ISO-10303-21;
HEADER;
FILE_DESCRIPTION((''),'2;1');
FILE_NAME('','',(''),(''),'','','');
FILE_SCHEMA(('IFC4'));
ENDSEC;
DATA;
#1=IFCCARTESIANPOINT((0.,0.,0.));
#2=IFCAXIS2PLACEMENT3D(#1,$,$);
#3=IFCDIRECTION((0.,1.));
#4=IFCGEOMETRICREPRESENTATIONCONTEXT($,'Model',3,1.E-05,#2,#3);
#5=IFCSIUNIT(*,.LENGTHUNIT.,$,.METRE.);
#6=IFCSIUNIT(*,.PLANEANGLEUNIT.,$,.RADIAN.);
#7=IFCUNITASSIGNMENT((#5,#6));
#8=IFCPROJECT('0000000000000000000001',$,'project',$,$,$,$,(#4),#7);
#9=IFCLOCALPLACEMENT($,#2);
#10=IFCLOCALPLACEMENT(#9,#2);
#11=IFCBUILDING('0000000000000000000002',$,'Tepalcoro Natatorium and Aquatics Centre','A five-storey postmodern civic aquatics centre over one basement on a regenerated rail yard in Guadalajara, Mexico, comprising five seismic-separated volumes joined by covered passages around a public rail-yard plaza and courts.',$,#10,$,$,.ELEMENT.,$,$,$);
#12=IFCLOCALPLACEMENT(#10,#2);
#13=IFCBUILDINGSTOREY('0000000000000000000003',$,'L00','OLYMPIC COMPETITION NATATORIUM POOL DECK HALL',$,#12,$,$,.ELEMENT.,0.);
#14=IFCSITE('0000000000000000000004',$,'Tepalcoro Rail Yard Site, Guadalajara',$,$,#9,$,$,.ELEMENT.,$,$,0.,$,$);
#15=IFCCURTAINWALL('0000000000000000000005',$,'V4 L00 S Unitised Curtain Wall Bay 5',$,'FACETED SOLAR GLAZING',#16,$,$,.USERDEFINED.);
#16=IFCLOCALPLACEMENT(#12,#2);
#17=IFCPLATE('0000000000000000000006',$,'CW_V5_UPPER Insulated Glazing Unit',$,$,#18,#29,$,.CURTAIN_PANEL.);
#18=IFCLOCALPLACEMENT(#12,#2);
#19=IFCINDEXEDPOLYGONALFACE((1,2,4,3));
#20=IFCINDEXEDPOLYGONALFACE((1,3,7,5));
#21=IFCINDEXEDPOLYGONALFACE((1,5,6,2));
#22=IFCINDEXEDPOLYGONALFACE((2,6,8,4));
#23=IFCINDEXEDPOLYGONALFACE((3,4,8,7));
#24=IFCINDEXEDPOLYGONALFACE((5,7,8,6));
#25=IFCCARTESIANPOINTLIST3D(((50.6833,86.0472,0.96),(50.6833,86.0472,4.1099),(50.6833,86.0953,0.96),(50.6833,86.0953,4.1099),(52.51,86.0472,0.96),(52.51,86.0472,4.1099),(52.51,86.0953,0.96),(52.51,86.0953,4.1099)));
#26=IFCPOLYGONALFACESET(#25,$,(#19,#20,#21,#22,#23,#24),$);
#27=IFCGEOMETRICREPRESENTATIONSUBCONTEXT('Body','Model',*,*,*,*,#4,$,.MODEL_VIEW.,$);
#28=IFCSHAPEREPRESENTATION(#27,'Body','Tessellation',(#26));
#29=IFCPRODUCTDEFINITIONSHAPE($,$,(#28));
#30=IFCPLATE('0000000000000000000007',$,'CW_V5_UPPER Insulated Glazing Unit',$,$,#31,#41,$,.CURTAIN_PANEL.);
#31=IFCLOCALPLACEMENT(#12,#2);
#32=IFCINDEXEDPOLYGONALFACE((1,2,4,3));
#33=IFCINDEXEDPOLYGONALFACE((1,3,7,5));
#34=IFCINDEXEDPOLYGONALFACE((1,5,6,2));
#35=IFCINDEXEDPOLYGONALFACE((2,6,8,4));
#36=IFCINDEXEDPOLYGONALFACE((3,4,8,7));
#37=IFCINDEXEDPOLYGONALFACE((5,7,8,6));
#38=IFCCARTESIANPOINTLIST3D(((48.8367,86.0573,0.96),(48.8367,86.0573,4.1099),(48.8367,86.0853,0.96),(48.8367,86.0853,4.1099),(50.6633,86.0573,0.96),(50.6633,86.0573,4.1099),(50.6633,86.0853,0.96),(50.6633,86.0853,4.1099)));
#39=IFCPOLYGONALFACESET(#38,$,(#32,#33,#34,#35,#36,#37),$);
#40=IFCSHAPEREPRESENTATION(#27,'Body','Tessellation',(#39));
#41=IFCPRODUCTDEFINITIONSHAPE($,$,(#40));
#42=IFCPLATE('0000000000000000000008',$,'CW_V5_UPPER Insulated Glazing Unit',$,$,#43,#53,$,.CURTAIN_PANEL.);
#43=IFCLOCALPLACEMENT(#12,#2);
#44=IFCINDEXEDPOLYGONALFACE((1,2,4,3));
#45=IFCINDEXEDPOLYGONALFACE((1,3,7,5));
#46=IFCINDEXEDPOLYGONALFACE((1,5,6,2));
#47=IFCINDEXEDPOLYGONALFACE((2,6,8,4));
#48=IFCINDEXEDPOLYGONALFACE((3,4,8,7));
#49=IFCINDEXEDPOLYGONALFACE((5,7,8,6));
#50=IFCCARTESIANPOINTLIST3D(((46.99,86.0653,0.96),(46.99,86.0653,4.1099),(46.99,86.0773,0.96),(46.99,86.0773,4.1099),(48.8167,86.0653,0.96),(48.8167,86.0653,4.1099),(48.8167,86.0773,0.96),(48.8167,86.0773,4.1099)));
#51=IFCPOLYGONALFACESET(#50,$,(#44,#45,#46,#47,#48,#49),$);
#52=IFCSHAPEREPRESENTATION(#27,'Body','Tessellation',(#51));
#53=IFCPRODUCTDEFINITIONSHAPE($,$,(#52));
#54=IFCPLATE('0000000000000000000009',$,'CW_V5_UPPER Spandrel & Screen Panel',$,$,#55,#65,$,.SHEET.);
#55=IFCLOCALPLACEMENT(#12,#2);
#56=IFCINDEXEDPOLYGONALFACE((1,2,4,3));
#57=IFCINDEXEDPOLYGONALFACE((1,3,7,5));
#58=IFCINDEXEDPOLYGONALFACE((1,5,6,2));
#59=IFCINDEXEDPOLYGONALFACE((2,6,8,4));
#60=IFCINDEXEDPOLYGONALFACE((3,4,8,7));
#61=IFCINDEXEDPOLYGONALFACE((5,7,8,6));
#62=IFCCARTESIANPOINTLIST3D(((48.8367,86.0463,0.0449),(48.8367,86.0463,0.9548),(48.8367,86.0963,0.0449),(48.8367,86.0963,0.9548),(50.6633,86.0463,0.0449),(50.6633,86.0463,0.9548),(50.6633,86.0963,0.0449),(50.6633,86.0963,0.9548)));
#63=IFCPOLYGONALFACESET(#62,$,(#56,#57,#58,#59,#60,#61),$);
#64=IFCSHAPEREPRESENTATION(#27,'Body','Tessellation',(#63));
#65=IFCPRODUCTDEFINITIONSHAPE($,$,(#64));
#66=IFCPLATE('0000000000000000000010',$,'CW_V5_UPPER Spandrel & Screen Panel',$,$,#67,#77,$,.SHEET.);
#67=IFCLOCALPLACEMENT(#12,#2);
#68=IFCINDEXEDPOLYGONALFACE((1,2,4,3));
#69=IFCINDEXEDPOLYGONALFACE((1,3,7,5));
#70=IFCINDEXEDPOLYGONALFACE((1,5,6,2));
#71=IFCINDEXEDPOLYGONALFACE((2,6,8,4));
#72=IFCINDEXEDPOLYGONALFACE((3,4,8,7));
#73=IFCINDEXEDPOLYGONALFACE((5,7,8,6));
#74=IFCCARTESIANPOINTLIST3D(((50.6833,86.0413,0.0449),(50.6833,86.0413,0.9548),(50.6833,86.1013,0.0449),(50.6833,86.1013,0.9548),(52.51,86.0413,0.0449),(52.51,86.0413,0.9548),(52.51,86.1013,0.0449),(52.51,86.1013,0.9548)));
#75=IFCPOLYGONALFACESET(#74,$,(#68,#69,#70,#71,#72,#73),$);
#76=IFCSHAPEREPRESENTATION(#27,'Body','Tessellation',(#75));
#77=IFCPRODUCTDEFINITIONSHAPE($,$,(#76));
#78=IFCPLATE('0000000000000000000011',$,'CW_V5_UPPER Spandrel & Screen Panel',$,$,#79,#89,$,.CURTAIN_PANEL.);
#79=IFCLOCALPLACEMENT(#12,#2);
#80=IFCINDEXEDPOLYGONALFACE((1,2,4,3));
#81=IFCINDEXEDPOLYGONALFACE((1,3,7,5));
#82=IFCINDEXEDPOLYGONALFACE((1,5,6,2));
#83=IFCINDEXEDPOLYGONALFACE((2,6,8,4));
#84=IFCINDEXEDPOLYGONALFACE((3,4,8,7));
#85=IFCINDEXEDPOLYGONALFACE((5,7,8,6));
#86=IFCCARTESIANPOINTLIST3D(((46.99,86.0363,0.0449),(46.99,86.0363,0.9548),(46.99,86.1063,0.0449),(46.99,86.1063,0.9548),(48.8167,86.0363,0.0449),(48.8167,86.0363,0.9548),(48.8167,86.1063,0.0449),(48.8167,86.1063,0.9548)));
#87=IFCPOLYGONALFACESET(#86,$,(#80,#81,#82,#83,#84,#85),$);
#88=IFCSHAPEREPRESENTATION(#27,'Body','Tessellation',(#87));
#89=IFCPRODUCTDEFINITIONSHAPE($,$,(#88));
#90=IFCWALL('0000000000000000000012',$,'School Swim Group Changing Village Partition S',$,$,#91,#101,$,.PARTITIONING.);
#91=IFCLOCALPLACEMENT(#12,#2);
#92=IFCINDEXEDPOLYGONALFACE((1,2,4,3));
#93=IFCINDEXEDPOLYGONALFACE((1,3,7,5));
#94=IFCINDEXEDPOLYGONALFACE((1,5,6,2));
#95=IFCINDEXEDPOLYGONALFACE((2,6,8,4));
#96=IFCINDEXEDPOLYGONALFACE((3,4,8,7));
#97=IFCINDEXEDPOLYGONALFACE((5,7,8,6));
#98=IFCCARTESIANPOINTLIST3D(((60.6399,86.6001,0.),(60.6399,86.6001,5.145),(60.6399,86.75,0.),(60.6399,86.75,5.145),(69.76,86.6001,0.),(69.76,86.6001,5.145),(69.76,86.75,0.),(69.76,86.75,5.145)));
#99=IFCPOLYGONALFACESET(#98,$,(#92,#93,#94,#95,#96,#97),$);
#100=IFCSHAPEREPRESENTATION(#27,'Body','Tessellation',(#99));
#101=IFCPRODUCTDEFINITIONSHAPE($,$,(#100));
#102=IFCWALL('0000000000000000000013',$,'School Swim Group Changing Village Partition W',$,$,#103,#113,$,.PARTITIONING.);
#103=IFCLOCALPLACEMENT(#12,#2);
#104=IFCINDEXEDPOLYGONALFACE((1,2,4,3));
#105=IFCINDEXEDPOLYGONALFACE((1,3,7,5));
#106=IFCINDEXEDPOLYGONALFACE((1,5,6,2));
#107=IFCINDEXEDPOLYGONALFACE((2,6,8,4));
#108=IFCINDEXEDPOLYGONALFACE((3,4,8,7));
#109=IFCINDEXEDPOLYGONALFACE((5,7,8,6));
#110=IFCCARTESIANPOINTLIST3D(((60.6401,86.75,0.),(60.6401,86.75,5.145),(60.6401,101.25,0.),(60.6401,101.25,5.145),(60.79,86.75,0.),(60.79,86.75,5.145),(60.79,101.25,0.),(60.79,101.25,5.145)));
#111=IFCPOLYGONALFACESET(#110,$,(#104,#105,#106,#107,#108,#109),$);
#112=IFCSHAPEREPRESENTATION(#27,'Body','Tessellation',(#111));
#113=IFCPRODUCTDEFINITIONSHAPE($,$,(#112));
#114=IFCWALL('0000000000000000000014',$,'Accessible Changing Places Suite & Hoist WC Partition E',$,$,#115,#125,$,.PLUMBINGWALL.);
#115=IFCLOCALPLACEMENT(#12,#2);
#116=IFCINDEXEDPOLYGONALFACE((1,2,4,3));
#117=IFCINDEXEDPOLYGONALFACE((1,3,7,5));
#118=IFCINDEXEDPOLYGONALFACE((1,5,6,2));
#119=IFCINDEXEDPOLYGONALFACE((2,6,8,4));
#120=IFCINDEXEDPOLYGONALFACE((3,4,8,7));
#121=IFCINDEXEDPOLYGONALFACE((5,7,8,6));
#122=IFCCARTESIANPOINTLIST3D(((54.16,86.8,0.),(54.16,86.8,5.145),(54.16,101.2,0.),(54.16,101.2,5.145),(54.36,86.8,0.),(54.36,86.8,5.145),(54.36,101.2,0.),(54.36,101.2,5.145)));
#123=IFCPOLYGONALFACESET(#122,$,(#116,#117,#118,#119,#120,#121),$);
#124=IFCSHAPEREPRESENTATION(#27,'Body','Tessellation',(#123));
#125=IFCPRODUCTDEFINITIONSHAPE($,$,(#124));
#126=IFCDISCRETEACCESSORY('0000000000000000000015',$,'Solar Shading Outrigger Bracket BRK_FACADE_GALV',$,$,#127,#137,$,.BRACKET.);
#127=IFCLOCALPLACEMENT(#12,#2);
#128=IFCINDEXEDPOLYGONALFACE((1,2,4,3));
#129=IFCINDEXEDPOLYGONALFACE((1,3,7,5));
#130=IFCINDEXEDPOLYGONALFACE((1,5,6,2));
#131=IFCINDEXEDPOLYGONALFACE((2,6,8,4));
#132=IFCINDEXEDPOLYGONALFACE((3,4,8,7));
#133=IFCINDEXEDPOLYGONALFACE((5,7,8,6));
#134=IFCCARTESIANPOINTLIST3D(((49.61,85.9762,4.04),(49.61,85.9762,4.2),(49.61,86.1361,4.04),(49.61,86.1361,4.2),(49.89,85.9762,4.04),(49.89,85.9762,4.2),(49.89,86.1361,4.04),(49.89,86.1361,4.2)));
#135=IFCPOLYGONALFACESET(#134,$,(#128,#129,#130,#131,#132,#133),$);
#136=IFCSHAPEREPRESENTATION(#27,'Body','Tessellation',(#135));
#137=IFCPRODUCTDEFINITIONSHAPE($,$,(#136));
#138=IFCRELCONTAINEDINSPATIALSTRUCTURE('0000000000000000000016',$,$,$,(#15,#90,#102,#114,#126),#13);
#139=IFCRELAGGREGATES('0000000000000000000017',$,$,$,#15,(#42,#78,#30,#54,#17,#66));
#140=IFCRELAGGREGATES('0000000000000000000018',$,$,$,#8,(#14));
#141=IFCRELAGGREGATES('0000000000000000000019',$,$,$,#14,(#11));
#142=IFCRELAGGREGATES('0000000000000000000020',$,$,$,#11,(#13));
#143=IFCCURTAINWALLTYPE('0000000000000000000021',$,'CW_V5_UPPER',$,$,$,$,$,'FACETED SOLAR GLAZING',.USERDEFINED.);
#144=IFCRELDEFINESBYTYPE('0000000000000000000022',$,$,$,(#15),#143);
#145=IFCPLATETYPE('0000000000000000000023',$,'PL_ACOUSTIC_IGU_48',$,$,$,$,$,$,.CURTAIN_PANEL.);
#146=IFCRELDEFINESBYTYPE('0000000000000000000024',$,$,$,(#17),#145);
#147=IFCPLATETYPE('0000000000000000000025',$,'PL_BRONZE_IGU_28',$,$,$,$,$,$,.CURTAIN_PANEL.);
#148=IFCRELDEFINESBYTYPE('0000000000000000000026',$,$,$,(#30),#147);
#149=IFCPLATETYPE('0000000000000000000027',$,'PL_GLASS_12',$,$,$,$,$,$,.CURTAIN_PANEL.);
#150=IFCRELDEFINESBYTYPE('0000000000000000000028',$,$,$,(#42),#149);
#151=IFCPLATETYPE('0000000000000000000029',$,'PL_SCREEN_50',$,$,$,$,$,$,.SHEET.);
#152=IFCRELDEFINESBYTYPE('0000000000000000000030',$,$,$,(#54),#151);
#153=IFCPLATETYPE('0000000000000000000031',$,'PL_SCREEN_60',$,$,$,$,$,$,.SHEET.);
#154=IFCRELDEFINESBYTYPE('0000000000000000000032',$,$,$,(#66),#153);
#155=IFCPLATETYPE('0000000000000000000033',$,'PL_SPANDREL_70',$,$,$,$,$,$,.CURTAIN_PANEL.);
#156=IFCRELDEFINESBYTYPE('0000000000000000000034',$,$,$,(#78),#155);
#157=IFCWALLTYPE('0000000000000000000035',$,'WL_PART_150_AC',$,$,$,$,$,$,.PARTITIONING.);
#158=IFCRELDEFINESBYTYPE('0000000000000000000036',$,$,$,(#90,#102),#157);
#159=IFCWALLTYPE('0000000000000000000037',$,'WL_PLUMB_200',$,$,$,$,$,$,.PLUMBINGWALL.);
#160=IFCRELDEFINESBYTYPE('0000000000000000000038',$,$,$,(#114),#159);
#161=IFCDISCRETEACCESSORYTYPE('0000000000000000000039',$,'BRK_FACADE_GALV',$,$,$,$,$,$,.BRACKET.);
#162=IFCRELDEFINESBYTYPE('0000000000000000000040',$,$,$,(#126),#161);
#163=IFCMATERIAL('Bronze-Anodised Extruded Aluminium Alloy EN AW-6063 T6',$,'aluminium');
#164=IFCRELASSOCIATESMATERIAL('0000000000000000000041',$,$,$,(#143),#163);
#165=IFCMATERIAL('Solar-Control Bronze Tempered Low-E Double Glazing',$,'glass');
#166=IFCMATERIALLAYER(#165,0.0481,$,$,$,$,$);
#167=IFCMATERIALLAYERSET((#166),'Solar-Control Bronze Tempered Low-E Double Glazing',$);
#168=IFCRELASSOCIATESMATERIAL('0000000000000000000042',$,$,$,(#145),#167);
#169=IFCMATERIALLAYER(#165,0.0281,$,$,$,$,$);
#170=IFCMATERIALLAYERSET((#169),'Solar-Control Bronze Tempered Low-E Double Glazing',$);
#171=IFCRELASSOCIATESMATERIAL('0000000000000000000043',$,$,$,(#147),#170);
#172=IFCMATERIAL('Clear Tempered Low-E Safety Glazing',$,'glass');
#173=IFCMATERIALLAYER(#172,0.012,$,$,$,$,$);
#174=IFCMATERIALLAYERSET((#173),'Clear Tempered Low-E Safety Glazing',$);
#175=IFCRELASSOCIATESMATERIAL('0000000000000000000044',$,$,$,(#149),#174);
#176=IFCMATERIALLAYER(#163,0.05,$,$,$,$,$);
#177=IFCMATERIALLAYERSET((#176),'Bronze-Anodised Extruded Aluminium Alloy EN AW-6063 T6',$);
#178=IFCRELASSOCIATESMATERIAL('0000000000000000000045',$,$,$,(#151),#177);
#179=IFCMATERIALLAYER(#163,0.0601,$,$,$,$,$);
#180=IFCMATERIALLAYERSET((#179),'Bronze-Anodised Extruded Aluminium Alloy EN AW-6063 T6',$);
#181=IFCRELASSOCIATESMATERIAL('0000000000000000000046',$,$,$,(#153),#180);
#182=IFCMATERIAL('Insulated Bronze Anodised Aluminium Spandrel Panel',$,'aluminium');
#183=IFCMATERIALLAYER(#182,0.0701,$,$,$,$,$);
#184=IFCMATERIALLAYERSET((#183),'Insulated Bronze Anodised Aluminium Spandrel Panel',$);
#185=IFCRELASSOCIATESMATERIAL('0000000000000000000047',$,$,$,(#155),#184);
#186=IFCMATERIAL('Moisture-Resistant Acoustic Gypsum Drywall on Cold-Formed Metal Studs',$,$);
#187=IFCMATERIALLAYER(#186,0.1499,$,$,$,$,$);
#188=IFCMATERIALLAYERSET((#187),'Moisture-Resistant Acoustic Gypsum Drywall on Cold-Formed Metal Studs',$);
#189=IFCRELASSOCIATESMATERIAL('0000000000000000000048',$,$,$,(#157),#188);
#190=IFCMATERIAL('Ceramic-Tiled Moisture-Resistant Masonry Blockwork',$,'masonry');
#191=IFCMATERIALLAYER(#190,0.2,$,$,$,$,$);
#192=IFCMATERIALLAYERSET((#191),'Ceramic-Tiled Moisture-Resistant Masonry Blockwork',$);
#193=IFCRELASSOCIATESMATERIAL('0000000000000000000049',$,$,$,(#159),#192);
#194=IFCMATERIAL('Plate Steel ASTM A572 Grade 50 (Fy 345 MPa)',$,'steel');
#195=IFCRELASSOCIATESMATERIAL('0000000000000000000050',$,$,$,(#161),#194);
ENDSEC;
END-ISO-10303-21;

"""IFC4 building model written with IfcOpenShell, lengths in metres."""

from ifc_helpers import new_model, si_unit, direction, frame, frame_2d, origin, origin_2d, place, context, subcontext, project, spatial, rectangle, extrude, material, layer, layer_set, type_object, element, aggregate, save


model = new_model("IFC4")

# Units and contexts
model_context = context("Model", 3, precision=1e-05, world=origin(), true_north=direction((0.0, 1.0)))
body_context = subcontext(model_context, "Body", "Model", "MODEL_VIEW")
ifc_project = project(units=[si_unit("LENGTHUNIT", "METRE"), si_unit("PLANEANGLEUNIT", "RADIAN")], contexts=[model_context])

# Site, building, storey
site_placement = place(None, origin())
site = spatial("IfcSite", under=ifc_project, at=site_placement, Name="Tepalcoro Rail Yard Site, Guadalajara", CompositionType="ELEMENT", RefElevation=0.0)
building_placement = place(site_placement, origin())
building = spatial("IfcBuilding", under=site, at=building_placement, Name="Tepalcoro Natatorium and Aquatics Centre", Description="A five-storey postmodern civic aquatics centre over one basement on a regenerated rail yard in Guadalajara, Mexico, comprising five seismic-separated volumes joined by covered passages around a public rail-yard plaza and courts.", CompositionType="ELEMENT")
storey_placement = place(building_placement, origin())
storey = spatial("IfcBuildingStorey", under=building, at=storey_placement, Name="L00", Description="OLYMPIC COMPETITION NATATORIUM POOL DECK HALL", CompositionType="ELEMENT", Elevation=0.0)

# Curtain wall
ifc_material_1 = material(Name="Bronze-Anodised Extruded Aluminium Alloy EN AW-6063 T6", Category="aluminium")
curtain_wall_type = type_object("IfcCurtainWallType", Name="CW_V5_UPPER", ElementType="FACETED SOLAR GLAZING", PredefinedType="USERDEFINED", material=ifc_material_1)
curtain_wall_placement = place(storey_placement, origin())
curtain_wall = element("IfcCurtainWall", 1, at=curtain_wall_placement, inside=storey, type_object=curtain_wall_type, Name="V4 L00 S Unitised Curtain Wall Bay 5", ObjectType="FACETED SOLAR GLAZING", PredefinedType="USERDEFINED")

# Plates
ifc_material_2 = material(Name="Solar-Control Bronze Tempered Low-E Double Glazing", Category="glass")
ifc_layer_1 = layer(ifc_material_2, 0.0481)
ifc_layer_set_1 = layer_set([ifc_layer_1], Name="Solar-Control Bronze Tempered Low-E Double Glazing")
plate_type_1 = type_object("IfcPlateType", Name="PL_ACOUSTIC_IGU_48", PredefinedType="CURTAIN_PANEL", material=ifc_layer_set_1)
plate_1_placement = place(storey_placement, frame((51.5967, 86.0713, 0.96), z_axis=(0.0, 0.0, 1.0), x_axis=(1.0, 0.0, 0.0)))
plate_1 = element("IfcPlate", 2, at=plate_1_placement, type_object=plate_type_1, Name="CW_V5_UPPER Insulated Glazing Unit", PredefinedType="CURTAIN_PANEL", context=body_context, shape_type="SweptSolid", body=[
    extrude(rectangle(XDim=1.8267, YDim=0.0481, at=origin_2d()), origin(), (0.0, 0.0, 1.0), 3.1499),
])
ifc_layer_2 = layer(ifc_material_2, 0.0281)
ifc_layer_set_2 = layer_set([ifc_layer_2], Name="Solar-Control Bronze Tempered Low-E Double Glazing")
plate_type_2 = type_object("IfcPlateType", Name="PL_BRONZE_IGU_28", PredefinedType="CURTAIN_PANEL", material=ifc_layer_set_2)
plate_2_placement = place(storey_placement, frame((49.75, 86.0713, 0.96), z_axis=(0.0, 0.0, 1.0), x_axis=(1.0, 0.0, 0.0)))
plate_2 = element("IfcPlate", 3, at=plate_2_placement, type_object=plate_type_2, Name="CW_V5_UPPER Insulated Glazing Unit", PredefinedType="CURTAIN_PANEL", context=body_context, shape_type="SweptSolid", body=[
    extrude(rectangle(XDim=1.8267, YDim=0.0281, at=origin_2d()), origin(), (0.0, 0.0, 1.0), 3.1499),
])
ifc_material_3 = material(Name="Clear Tempered Low-E Safety Glazing", Category="glass")
ifc_layer_3 = layer(ifc_material_3, 0.012)
ifc_layer_set_3 = layer_set([ifc_layer_3], Name="Clear Tempered Low-E Safety Glazing")
plate_type_3 = type_object("IfcPlateType", Name="PL_GLASS_12", PredefinedType="CURTAIN_PANEL", material=ifc_layer_set_3)
plate_3_placement = place(storey_placement, frame((47.9033, 86.0713, 0.96), z_axis=(0.0, 0.0, 1.0), x_axis=(1.0, 0.0, 0.0)))
plate_3 = element("IfcPlate", 4, at=plate_3_placement, type_object=plate_type_3, Name="CW_V5_UPPER Insulated Glazing Unit", PredefinedType="CURTAIN_PANEL", context=body_context, shape_type="SweptSolid", body=[
    extrude(rectangle(XDim=1.8267, YDim=0.012, at=origin_2d()), origin(), (0.0, 0.0, 1.0), 3.1499),
])
ifc_layer_4 = layer(ifc_material_1, 0.05)
ifc_layer_set_4 = layer_set([ifc_layer_4], Name="Bronze-Anodised Extruded Aluminium Alloy EN AW-6063 T6")
plate_type_4 = type_object("IfcPlateType", Name="PL_SCREEN_50", PredefinedType="SHEET", material=ifc_layer_set_4)
plate_4_placement = place(storey_placement, frame((49.75, 86.0713, 0.0449), z_axis=(0.0, 0.0, 1.0), x_axis=(1.0, 0.0, 0.0)))
plate_4 = element("IfcPlate", 5, at=plate_4_placement, type_object=plate_type_4, Name="CW_V5_UPPER Spandrel & Screen Panel", PredefinedType="SHEET", context=body_context, shape_type="SweptSolid", body=[
    extrude(rectangle(XDim=1.8267, YDim=0.05, at=origin_2d()), origin(), (0.0, 0.0, 1.0), 0.9099),
])
ifc_layer_5 = layer(ifc_material_1, 0.0601)
ifc_layer_set_5 = layer_set([ifc_layer_5], Name="Bronze-Anodised Extruded Aluminium Alloy EN AW-6063 T6")
plate_type_5 = type_object("IfcPlateType", Name="PL_SCREEN_60", PredefinedType="SHEET", material=ifc_layer_set_5)
plate_5_placement = place(storey_placement, frame((51.5967, 86.0713, 0.0449), z_axis=(0.0, 0.0, 1.0), x_axis=(1.0, 0.0, 0.0)))
plate_5 = element("IfcPlate", 6, at=plate_5_placement, type_object=plate_type_5, Name="CW_V5_UPPER Spandrel & Screen Panel", PredefinedType="SHEET", context=body_context, shape_type="SweptSolid", body=[
    extrude(rectangle(XDim=1.8267, YDim=0.0601, at=origin_2d()), origin(), (0.0, 0.0, 1.0), 0.9099),
])
ifc_material_4 = material(Name="Insulated Bronze Anodised Aluminium Spandrel Panel", Category="aluminium")
ifc_layer_6 = layer(ifc_material_4, 0.0701)
ifc_layer_set_6 = layer_set([ifc_layer_6], Name="Insulated Bronze Anodised Aluminium Spandrel Panel")
plate_type_6 = type_object("IfcPlateType", Name="PL_SPANDREL_70", PredefinedType="CURTAIN_PANEL", material=ifc_layer_set_6)
plate_6_placement = place(storey_placement, frame((47.9033, 86.0713, 0.0449), z_axis=(0.0, 0.0, 1.0), x_axis=(1.0, 0.0, 0.0)))
plate_6 = element("IfcPlate", 7, at=plate_6_placement, type_object=plate_type_6, Name="CW_V5_UPPER Spandrel & Screen Panel", PredefinedType="CURTAIN_PANEL", context=body_context, shape_type="SweptSolid", body=[
    extrude(rectangle(XDim=1.8267, YDim=0.0701, at=origin_2d()), origin(), (0.0, 0.0, 1.0), 0.9099),
])
aggregate(curtain_wall, [plate_3, plate_6, plate_2, plate_4, plate_1, plate_5])

# Walls
ifc_material_5 = material(Name="Moisture-Resistant Acoustic Gypsum Drywall on Cold-Formed Metal Studs")
ifc_layer_7 = layer(ifc_material_5, 0.1499)
ifc_layer_set_7 = layer_set([ifc_layer_7], Name="Moisture-Resistant Acoustic Gypsum Drywall on Cold-Formed Metal Studs")
wall_type_1 = type_object("IfcWallType", Name="WL_PART_150_AC", PredefinedType="PARTITIONING", material=ifc_layer_set_7)
wall_1_placement = place(storey_placement, frame((60.6399, 86.675, 0.0), z_axis=(0.0, 0.0, 1.0), x_axis=(1.0, 0.0, 0.0)))
element("IfcWall", 8, at=wall_1_placement, inside=storey, type_object=wall_type_1, Name="School Swim Group Changing Village Partition S", PredefinedType="PARTITIONING", context=body_context, shape_type="SweptSolid", body=[
    extrude(rectangle(XDim=9.1201, YDim=0.1499, at=frame_2d((4.5601, 0.0))), origin(), (0.0, 0.0, 1.0), 5.145),
])
wall_2_placement = place(storey_placement, frame((60.7151, 86.75, 0.0), z_axis=(0.0, 0.0, 1.0), x_axis=(0.0, 1.0, 0.0)))
element("IfcWall", 9, at=wall_2_placement, inside=storey, type_object=wall_type_1, Name="School Swim Group Changing Village Partition W", PredefinedType="PARTITIONING", context=body_context, shape_type="SweptSolid", body=[
    extrude(rectangle(XDim=14.5, YDim=0.1499, at=frame_2d((7.25, 0.0))), origin(), (0.0, 0.0, 1.0), 5.145),
])
ifc_material_6 = material(Name="Ceramic-Tiled Moisture-Resistant Masonry Blockwork", Category="masonry")
ifc_layer_8 = layer(ifc_material_6, 0.2)
ifc_layer_set_8 = layer_set([ifc_layer_8], Name="Ceramic-Tiled Moisture-Resistant Masonry Blockwork")
wall_type_2 = type_object("IfcWallType", Name="WL_PLUMB_200", PredefinedType="PLUMBINGWALL", material=ifc_layer_set_8)
wall_3_placement = place(storey_placement, frame((54.26, 86.8, 0.0), z_axis=(0.0, 0.0, 1.0), x_axis=(0.0, 1.0, 0.0)))
element("IfcWall", 10, at=wall_3_placement, inside=storey, type_object=wall_type_2, Name="Accessible Changing Places Suite & Hoist WC Partition E", PredefinedType="PLUMBINGWALL", context=body_context, shape_type="SweptSolid", body=[
    extrude(rectangle(XDim=14.3999, YDim=0.2, at=frame_2d((7.2, 0.0))), origin(), (0.0, 0.0, 1.0), 5.145),
])

# Discrete accessory
ifc_material_7 = material(Name="Plate Steel ASTM A572 Grade 50 (Fy 345 MPa)", Category="steel")
discrete_accessory_type = type_object("IfcDiscreteAccessoryType", Name="BRK_FACADE_GALV", PredefinedType="BRACKET", material=ifc_material_7)
discrete_accessory_placement = place(storey_placement, frame((49.75, 86.0562, 4.04), z_axis=(0.0, 0.0, 1.0), x_axis=(1.0, 0.0, 0.0)))
element("IfcDiscreteAccessory", 11, at=discrete_accessory_placement, inside=storey, type_object=discrete_accessory_type, Name="Solar Shading Outrigger Bracket BRK_FACADE_GALV", PredefinedType="BRACKET", context=body_context, shape_type="SweptSolid", body=[
    extrude(rectangle(XDim=0.28, YDim=0.1599, at=origin_2d()), origin(), (0.0, 0.0, 1.0), 0.1599),
])

save(model, "model.ifc")
